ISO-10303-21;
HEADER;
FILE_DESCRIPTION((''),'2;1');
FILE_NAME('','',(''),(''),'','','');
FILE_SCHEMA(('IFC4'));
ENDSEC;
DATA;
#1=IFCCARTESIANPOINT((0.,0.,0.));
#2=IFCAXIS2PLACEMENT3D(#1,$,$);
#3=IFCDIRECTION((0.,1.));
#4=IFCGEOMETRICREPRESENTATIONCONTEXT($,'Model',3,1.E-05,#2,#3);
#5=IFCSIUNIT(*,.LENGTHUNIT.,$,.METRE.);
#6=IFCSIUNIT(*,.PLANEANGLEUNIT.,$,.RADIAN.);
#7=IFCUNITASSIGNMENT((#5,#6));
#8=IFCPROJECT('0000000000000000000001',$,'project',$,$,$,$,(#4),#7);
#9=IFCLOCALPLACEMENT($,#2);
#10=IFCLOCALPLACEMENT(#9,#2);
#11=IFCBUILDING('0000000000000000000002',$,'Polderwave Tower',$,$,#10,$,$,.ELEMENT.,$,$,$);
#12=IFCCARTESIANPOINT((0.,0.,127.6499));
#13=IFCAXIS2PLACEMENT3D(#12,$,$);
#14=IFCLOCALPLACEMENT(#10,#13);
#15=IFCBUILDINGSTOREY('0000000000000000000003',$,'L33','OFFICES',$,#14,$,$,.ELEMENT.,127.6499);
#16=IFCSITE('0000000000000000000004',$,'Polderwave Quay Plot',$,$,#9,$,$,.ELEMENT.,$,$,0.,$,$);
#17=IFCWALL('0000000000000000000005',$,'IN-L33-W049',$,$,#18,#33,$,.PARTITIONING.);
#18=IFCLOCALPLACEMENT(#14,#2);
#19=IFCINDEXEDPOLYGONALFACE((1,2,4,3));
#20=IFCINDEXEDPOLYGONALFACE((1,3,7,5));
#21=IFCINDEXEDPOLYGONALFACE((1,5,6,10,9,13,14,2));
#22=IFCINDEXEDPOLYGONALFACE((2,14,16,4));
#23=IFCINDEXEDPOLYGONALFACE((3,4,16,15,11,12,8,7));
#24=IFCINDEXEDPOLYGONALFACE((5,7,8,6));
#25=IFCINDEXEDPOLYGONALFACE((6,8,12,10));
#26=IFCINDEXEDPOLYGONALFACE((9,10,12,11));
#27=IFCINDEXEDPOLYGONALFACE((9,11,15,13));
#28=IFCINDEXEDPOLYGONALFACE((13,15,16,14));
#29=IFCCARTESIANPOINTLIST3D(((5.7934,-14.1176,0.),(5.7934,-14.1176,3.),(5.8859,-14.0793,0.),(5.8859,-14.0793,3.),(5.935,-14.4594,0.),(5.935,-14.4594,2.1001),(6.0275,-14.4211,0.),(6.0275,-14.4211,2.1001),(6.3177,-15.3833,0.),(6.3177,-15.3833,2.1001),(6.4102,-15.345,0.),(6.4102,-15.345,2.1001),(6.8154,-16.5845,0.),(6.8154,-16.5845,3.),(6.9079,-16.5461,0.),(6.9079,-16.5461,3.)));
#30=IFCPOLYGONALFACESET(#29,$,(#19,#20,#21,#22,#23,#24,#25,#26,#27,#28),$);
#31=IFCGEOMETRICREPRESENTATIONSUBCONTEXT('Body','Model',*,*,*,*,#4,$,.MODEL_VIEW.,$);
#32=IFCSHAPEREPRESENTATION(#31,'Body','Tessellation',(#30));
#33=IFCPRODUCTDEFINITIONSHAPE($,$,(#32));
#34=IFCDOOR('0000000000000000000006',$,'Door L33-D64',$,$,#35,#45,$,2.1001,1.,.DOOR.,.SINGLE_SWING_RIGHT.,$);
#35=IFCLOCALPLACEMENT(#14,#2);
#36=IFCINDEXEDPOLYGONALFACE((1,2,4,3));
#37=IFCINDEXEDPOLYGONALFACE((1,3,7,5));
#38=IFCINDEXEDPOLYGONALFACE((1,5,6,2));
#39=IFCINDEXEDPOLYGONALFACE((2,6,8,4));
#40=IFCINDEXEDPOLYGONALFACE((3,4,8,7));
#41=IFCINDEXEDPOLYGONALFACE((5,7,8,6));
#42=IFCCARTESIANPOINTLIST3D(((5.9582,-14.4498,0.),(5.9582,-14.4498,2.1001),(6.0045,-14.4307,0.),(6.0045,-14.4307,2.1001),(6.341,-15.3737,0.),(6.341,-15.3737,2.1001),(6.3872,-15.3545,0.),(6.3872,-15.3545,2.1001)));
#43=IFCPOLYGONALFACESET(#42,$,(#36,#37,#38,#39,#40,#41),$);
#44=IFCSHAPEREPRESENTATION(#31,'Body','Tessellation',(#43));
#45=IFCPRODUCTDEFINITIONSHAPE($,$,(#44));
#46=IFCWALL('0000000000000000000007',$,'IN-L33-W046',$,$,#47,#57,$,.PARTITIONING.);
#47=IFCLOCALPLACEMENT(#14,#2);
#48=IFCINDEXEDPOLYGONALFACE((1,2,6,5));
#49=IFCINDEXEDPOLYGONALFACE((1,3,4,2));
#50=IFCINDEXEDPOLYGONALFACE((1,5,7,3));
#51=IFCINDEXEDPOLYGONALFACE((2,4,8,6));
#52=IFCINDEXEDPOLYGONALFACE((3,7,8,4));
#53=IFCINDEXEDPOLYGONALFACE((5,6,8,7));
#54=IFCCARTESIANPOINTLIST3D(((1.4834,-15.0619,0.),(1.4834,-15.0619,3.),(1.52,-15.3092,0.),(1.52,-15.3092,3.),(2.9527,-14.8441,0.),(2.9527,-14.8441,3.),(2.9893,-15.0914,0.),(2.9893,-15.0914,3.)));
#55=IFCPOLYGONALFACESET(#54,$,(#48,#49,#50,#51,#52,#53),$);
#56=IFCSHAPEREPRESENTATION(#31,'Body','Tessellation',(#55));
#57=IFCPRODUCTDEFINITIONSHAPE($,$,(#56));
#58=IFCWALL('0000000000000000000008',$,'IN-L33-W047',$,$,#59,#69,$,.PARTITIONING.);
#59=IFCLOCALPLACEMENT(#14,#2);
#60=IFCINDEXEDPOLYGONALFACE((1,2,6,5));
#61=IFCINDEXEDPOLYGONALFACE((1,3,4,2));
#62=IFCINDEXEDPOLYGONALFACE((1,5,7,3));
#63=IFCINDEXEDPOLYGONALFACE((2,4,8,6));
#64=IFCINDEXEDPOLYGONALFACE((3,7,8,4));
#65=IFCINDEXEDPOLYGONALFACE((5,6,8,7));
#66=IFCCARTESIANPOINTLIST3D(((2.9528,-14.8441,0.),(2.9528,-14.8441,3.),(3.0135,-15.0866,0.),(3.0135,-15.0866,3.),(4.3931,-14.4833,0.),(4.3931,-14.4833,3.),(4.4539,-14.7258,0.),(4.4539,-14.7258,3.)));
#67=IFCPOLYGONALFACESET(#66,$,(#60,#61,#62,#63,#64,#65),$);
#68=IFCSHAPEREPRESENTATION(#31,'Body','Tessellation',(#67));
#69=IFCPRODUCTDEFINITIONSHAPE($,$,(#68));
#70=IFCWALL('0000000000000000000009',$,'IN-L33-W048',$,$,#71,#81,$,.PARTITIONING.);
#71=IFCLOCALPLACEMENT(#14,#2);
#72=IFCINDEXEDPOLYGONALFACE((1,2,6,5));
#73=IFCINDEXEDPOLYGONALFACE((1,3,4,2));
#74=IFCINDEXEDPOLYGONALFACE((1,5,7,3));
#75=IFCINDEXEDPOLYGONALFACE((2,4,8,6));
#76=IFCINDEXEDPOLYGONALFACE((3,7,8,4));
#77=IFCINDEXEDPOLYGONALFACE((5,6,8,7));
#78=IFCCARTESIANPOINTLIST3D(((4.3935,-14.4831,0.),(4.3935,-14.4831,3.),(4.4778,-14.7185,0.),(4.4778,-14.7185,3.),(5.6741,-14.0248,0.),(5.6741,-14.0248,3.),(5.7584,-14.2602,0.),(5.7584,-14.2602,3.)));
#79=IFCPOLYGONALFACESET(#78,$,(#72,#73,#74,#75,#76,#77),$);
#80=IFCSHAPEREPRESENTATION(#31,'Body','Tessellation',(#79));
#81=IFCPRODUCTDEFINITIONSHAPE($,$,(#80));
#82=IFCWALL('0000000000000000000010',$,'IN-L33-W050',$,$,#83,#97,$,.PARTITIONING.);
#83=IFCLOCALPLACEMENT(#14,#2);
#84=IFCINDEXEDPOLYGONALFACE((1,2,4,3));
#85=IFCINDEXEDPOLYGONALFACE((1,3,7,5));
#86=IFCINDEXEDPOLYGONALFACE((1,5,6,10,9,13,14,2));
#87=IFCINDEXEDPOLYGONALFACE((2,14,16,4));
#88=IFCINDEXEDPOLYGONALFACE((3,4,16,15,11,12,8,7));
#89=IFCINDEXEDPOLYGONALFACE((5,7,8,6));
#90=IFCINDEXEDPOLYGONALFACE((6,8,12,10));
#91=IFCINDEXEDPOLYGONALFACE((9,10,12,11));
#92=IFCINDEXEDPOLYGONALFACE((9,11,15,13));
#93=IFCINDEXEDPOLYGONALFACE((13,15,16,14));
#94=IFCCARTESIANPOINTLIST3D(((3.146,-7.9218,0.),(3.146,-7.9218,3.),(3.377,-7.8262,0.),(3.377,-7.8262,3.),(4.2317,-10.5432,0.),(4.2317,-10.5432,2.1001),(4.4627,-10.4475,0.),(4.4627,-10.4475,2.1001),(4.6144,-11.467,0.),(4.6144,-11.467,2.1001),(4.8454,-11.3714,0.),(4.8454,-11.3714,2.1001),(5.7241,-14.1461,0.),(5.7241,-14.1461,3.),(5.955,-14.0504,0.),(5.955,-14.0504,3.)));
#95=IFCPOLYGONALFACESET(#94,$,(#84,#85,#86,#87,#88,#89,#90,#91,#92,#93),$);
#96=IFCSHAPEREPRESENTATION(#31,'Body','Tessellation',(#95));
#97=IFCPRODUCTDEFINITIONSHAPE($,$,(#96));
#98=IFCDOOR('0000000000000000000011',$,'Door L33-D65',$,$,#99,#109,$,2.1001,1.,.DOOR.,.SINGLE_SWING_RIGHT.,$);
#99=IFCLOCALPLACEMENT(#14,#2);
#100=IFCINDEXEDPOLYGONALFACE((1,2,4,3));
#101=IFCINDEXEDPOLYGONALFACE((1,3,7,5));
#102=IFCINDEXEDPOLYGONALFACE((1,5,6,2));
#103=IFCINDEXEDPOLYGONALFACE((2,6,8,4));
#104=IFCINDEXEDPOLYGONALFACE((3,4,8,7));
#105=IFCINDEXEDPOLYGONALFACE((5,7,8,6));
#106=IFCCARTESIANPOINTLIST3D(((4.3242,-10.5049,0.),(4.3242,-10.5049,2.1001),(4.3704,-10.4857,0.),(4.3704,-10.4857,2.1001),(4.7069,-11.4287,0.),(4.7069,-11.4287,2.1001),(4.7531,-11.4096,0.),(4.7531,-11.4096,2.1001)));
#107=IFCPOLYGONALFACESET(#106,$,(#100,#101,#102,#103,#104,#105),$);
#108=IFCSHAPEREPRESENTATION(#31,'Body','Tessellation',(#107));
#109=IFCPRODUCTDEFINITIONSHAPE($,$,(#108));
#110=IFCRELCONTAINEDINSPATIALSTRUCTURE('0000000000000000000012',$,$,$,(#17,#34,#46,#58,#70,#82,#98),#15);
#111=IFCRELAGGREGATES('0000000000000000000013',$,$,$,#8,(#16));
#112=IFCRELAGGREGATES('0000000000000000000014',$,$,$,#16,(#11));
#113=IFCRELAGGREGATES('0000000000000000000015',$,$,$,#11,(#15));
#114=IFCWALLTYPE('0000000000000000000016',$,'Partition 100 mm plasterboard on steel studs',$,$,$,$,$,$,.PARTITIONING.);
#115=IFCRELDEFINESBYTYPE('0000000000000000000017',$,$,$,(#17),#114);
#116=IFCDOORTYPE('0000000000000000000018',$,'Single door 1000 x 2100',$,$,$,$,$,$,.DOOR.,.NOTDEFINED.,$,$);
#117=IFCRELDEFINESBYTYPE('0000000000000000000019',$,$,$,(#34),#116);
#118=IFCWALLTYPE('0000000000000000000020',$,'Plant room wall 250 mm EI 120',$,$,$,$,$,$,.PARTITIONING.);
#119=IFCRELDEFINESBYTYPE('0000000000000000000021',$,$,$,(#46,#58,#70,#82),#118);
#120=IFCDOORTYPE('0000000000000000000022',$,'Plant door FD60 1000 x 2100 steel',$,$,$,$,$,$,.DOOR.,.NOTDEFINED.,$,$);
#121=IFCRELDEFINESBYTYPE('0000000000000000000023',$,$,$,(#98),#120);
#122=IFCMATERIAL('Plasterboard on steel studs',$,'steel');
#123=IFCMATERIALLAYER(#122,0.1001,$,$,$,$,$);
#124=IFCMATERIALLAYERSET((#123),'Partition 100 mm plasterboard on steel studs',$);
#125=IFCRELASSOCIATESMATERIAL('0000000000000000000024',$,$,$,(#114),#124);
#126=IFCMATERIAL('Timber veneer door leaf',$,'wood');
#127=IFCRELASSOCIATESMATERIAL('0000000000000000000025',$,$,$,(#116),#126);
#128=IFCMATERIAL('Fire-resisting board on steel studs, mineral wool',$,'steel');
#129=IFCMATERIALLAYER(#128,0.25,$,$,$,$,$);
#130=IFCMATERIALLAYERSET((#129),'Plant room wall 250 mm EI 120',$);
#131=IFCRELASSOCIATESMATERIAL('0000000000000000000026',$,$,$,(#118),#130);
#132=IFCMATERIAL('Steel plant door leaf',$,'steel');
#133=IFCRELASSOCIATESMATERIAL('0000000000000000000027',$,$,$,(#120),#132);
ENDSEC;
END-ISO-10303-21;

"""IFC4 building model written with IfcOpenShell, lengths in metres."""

from ifc_helpers import new_model, si_unit, direction, frame, frame_2d, origin, place, context, subcontext, project, spatial, rectangle, extrude, material, layer, layer_set, type_object, element, fill, save


model = new_model("IFC4")

# Units and contexts
model_context = context("Model", 3, precision=1e-05, world=origin(), true_north=direction((0.0, 1.0)))
body_context = subcontext(model_context, "Body", "Model", "MODEL_VIEW")
ifc_project = project(units=[si_unit("LENGTHUNIT", "METRE"), si_unit("PLANEANGLEUNIT", "RADIAN")], contexts=[model_context])

# Site, building, storey
site_placement = place(None, origin())
site = spatial("IfcSite", under=ifc_project, at=site_placement, Name="Polderwave Quay Plot", CompositionType="ELEMENT", RefElevation=0.0)
building_placement = place(site_placement, origin())
building = spatial("IfcBuilding", under=site, at=building_placement, Name="Polderwave Tower", CompositionType="ELEMENT")
storey_placement = place(building_placement, frame((0.0, 0.0, 127.6499)))
storey = spatial("IfcBuildingStorey", under=building, at=storey_placement, Name="L33", Description="OFFICES", CompositionType="ELEMENT", Elevation=127.6499)

# Wall, opening, door
ifc_material_1 = material(Name="Plasterboard on steel studs", Category="steel")
ifc_layer_1 = layer(ifc_material_1, 0.1001)
ifc_layer_set_1 = layer_set([ifc_layer_1], Name="Partition 100 mm plasterboard on steel studs")
wall_type_1 = type_object("IfcWallType", Name="Partition 100 mm plasterboard on steel studs", PredefinedType="PARTITIONING", material=ifc_layer_set_1)
wall_1_placement = place(storey_placement, frame((6.8616, -16.5652, 0.0), z_axis=(0.0, 0.0, 1.0), x_axis=(-0.382745, 0.923854, 0.0)))
wall_1 = element("IfcWall", 1, at=wall_1_placement, inside=storey, type_object=wall_type_1, Name="IN-L33-W049", PredefinedType="PARTITIONING", context=body_context, shape_type="SweptSolid", body=[
    extrude(rectangle(XDim=2.6702, YDim=0.1001, at=frame_2d((1.335, 0.0))), origin(), (0.0, 0.0, 1.0), 3.0),
])
opening_1_placement = place(wall_1_placement, frame((1.3, 0.0, 0.0)))
opening_1 = element("IfcOpeningElement", 2, at=opening_1_placement, cuts=wall_1, PredefinedType="OPENING", context=body_context, shape_type="SweptSolid", body=[
    extrude(rectangle(XDim=1.0, YDim=2.1001, at=frame_2d((0.5, 1.05))), frame((0.0, 0.0601, 0.0), z_axis=(0.0, -1.0, 0.0), x_axis=(1.0, 0.0, 0.0)), (0.0, 0.0, 1.0), 0.1201),
])
ifc_material_2 = material(Name="Timber veneer door leaf", Category="wood")
door_type_1 = type_object("IfcDoorType", Name="Single door 1000 x 2100", OperationType="NOTDEFINED", PredefinedType="DOOR", material=ifc_material_2)
door_1_placement = place(opening_1_placement, origin())
door_1 = element("IfcDoor", 3, at=door_1_placement, inside=storey, type_object=door_type_1, Name="Door L33-D64", OperationType="SINGLE_SWING_RIGHT", OverallHeight=2.1001, OverallWidth=1.0, PredefinedType="DOOR", context=body_context, shape_type="SweptSolid", body=[
    extrude(rectangle(XDim=1.0, YDim=2.1001, at=frame_2d((0.5, 1.05))), frame((0.0, 0.0249, 0.0), z_axis=(0.0, -1.0, 0.0), x_axis=(1.0, 0.0, 0.0)), (0.0, 0.0, 1.0), 0.05),
])
fill(opening_1, door_1)

# Walls
ifc_material_3 = material(Name="Fire-resisting board on steel studs, mineral wool", Category="steel")
ifc_layer_2 = layer(ifc_material_3, 0.25)
ifc_layer_set_2 = layer_set([ifc_layer_2], Name="Plant room wall 250 mm EI 120")
wall_type_2 = type_object("IfcWallType", Name="Plant room wall 250 mm EI 120", PredefinedType="PARTITIONING", material=ifc_layer_set_2)
wall_2_placement = place(storey_placement, frame((1.5017, -15.1855, 0.0), z_axis=(0.0, 0.0, 1.0), x_axis=(0.989193, 0.14662, 0.0)))
element("IfcWall", 4, at=wall_2_placement, inside=storey, type_object=wall_type_2, Name="IN-L33-W046", PredefinedType="PARTITIONING", context=body_context, shape_type="SweptSolid", body=[
    extrude(rectangle(XDim=1.4854, YDim=0.25, at=frame_2d((0.7427, 0.0))), origin(), (0.0, 0.0, 1.0), 3.0),
])
wall_3_placement = place(storey_placement, frame((2.9832, -14.9653, 0.0), z_axis=(0.0, 0.0, 1.0), x_axis=(0.970026, 0.243, 0.0)))
element("IfcWall", 5, at=wall_3_placement, inside=storey, type_object=wall_type_2, Name="IN-L33-W047", PredefinedType="PARTITIONING", context=body_context, shape_type="SweptSolid", body=[
    extrude(rectangle(XDim=1.4849, YDim=0.25, at=frame_2d((0.7424, 0.0))), origin(), (0.0, 0.0, 1.0), 3.0),
])
wall_4_placement = place(storey_placement, frame((4.4355, -14.6008, 0.0), z_axis=(0.0, 0.0, 1.0), x_axis=(0.941526, 0.336939, 0.0)))
element("IfcWall", 6, at=wall_4_placement, inside=storey, type_object=wall_type_2, Name="IN-L33-W048", PredefinedType="PARTITIONING", context=body_context, shape_type="SweptSolid", body=[
    extrude(rectangle(XDim=1.3601, YDim=0.25, at=frame_2d((0.6802, 0.0))), origin(), (0.0, 0.0, 1.0), 3.0),
])

# Wall, opening, door
wall_5_placement = place(storey_placement, frame((5.8396, -14.0984, 0.0), z_axis=(0.0, 0.0, 1.0), x_axis=(-0.382672, 0.923884, 0.0)))
wall_5 = element("IfcWall", 7, at=wall_5_placement, inside=storey, type_object=wall_type_2, Name="IN-L33-W050", PredefinedType="PARTITIONING", context=body_context, shape_type="SweptSolid", body=[
    extrude(rectangle(XDim=6.7371, YDim=0.25, at=frame_2d((3.3687, 0.0))), origin(), (0.0, 0.0, 1.0), 3.0),
])
opening_2_placement = place(wall_5_placement, frame((2.8999, 0.0, 0.0)))
opening_2 = element("IfcOpeningElement", 8, at=opening_2_placement, cuts=wall_5, PredefinedType="OPENING", context=body_context, shape_type="SweptSolid", body=[
    extrude(rectangle(XDim=1.0, YDim=2.1001, at=frame_2d((0.5, 1.05))), frame((0.0, 0.135, 0.0), z_axis=(0.0, -1.0, 0.0), x_axis=(1.0, 0.0, 0.0)), (0.0, 0.0, 1.0), 0.27),
])
ifc_material_4 = material(Name="Steel plant door leaf", Category="steel")
door_type_2 = type_object("IfcDoorType", Name="Plant door FD60 1000 x 2100 steel", OperationType="NOTDEFINED", PredefinedType="DOOR", material=ifc_material_4)
door_2_placement = place(opening_2_placement, origin())
door_2 = element("IfcDoor", 9, at=door_2_placement, inside=storey, type_object=door_type_2, Name="Door L33-D65", OperationType="SINGLE_SWING_RIGHT", OverallHeight=2.1001, OverallWidth=1.0, PredefinedType="DOOR", context=body_context, shape_type="SweptSolid", body=[
    extrude(rectangle(XDim=1.0, YDim=2.1001, at=frame_2d((0.5, 1.05))), frame((0.0, 0.0249, 0.0), z_axis=(0.0, -1.0, 0.0), x_axis=(1.0, 0.0, 0.0)), (0.0, 0.0, 1.0), 0.05),
])
fill(opening_2, door_2)

save(model, "model.ifc")
